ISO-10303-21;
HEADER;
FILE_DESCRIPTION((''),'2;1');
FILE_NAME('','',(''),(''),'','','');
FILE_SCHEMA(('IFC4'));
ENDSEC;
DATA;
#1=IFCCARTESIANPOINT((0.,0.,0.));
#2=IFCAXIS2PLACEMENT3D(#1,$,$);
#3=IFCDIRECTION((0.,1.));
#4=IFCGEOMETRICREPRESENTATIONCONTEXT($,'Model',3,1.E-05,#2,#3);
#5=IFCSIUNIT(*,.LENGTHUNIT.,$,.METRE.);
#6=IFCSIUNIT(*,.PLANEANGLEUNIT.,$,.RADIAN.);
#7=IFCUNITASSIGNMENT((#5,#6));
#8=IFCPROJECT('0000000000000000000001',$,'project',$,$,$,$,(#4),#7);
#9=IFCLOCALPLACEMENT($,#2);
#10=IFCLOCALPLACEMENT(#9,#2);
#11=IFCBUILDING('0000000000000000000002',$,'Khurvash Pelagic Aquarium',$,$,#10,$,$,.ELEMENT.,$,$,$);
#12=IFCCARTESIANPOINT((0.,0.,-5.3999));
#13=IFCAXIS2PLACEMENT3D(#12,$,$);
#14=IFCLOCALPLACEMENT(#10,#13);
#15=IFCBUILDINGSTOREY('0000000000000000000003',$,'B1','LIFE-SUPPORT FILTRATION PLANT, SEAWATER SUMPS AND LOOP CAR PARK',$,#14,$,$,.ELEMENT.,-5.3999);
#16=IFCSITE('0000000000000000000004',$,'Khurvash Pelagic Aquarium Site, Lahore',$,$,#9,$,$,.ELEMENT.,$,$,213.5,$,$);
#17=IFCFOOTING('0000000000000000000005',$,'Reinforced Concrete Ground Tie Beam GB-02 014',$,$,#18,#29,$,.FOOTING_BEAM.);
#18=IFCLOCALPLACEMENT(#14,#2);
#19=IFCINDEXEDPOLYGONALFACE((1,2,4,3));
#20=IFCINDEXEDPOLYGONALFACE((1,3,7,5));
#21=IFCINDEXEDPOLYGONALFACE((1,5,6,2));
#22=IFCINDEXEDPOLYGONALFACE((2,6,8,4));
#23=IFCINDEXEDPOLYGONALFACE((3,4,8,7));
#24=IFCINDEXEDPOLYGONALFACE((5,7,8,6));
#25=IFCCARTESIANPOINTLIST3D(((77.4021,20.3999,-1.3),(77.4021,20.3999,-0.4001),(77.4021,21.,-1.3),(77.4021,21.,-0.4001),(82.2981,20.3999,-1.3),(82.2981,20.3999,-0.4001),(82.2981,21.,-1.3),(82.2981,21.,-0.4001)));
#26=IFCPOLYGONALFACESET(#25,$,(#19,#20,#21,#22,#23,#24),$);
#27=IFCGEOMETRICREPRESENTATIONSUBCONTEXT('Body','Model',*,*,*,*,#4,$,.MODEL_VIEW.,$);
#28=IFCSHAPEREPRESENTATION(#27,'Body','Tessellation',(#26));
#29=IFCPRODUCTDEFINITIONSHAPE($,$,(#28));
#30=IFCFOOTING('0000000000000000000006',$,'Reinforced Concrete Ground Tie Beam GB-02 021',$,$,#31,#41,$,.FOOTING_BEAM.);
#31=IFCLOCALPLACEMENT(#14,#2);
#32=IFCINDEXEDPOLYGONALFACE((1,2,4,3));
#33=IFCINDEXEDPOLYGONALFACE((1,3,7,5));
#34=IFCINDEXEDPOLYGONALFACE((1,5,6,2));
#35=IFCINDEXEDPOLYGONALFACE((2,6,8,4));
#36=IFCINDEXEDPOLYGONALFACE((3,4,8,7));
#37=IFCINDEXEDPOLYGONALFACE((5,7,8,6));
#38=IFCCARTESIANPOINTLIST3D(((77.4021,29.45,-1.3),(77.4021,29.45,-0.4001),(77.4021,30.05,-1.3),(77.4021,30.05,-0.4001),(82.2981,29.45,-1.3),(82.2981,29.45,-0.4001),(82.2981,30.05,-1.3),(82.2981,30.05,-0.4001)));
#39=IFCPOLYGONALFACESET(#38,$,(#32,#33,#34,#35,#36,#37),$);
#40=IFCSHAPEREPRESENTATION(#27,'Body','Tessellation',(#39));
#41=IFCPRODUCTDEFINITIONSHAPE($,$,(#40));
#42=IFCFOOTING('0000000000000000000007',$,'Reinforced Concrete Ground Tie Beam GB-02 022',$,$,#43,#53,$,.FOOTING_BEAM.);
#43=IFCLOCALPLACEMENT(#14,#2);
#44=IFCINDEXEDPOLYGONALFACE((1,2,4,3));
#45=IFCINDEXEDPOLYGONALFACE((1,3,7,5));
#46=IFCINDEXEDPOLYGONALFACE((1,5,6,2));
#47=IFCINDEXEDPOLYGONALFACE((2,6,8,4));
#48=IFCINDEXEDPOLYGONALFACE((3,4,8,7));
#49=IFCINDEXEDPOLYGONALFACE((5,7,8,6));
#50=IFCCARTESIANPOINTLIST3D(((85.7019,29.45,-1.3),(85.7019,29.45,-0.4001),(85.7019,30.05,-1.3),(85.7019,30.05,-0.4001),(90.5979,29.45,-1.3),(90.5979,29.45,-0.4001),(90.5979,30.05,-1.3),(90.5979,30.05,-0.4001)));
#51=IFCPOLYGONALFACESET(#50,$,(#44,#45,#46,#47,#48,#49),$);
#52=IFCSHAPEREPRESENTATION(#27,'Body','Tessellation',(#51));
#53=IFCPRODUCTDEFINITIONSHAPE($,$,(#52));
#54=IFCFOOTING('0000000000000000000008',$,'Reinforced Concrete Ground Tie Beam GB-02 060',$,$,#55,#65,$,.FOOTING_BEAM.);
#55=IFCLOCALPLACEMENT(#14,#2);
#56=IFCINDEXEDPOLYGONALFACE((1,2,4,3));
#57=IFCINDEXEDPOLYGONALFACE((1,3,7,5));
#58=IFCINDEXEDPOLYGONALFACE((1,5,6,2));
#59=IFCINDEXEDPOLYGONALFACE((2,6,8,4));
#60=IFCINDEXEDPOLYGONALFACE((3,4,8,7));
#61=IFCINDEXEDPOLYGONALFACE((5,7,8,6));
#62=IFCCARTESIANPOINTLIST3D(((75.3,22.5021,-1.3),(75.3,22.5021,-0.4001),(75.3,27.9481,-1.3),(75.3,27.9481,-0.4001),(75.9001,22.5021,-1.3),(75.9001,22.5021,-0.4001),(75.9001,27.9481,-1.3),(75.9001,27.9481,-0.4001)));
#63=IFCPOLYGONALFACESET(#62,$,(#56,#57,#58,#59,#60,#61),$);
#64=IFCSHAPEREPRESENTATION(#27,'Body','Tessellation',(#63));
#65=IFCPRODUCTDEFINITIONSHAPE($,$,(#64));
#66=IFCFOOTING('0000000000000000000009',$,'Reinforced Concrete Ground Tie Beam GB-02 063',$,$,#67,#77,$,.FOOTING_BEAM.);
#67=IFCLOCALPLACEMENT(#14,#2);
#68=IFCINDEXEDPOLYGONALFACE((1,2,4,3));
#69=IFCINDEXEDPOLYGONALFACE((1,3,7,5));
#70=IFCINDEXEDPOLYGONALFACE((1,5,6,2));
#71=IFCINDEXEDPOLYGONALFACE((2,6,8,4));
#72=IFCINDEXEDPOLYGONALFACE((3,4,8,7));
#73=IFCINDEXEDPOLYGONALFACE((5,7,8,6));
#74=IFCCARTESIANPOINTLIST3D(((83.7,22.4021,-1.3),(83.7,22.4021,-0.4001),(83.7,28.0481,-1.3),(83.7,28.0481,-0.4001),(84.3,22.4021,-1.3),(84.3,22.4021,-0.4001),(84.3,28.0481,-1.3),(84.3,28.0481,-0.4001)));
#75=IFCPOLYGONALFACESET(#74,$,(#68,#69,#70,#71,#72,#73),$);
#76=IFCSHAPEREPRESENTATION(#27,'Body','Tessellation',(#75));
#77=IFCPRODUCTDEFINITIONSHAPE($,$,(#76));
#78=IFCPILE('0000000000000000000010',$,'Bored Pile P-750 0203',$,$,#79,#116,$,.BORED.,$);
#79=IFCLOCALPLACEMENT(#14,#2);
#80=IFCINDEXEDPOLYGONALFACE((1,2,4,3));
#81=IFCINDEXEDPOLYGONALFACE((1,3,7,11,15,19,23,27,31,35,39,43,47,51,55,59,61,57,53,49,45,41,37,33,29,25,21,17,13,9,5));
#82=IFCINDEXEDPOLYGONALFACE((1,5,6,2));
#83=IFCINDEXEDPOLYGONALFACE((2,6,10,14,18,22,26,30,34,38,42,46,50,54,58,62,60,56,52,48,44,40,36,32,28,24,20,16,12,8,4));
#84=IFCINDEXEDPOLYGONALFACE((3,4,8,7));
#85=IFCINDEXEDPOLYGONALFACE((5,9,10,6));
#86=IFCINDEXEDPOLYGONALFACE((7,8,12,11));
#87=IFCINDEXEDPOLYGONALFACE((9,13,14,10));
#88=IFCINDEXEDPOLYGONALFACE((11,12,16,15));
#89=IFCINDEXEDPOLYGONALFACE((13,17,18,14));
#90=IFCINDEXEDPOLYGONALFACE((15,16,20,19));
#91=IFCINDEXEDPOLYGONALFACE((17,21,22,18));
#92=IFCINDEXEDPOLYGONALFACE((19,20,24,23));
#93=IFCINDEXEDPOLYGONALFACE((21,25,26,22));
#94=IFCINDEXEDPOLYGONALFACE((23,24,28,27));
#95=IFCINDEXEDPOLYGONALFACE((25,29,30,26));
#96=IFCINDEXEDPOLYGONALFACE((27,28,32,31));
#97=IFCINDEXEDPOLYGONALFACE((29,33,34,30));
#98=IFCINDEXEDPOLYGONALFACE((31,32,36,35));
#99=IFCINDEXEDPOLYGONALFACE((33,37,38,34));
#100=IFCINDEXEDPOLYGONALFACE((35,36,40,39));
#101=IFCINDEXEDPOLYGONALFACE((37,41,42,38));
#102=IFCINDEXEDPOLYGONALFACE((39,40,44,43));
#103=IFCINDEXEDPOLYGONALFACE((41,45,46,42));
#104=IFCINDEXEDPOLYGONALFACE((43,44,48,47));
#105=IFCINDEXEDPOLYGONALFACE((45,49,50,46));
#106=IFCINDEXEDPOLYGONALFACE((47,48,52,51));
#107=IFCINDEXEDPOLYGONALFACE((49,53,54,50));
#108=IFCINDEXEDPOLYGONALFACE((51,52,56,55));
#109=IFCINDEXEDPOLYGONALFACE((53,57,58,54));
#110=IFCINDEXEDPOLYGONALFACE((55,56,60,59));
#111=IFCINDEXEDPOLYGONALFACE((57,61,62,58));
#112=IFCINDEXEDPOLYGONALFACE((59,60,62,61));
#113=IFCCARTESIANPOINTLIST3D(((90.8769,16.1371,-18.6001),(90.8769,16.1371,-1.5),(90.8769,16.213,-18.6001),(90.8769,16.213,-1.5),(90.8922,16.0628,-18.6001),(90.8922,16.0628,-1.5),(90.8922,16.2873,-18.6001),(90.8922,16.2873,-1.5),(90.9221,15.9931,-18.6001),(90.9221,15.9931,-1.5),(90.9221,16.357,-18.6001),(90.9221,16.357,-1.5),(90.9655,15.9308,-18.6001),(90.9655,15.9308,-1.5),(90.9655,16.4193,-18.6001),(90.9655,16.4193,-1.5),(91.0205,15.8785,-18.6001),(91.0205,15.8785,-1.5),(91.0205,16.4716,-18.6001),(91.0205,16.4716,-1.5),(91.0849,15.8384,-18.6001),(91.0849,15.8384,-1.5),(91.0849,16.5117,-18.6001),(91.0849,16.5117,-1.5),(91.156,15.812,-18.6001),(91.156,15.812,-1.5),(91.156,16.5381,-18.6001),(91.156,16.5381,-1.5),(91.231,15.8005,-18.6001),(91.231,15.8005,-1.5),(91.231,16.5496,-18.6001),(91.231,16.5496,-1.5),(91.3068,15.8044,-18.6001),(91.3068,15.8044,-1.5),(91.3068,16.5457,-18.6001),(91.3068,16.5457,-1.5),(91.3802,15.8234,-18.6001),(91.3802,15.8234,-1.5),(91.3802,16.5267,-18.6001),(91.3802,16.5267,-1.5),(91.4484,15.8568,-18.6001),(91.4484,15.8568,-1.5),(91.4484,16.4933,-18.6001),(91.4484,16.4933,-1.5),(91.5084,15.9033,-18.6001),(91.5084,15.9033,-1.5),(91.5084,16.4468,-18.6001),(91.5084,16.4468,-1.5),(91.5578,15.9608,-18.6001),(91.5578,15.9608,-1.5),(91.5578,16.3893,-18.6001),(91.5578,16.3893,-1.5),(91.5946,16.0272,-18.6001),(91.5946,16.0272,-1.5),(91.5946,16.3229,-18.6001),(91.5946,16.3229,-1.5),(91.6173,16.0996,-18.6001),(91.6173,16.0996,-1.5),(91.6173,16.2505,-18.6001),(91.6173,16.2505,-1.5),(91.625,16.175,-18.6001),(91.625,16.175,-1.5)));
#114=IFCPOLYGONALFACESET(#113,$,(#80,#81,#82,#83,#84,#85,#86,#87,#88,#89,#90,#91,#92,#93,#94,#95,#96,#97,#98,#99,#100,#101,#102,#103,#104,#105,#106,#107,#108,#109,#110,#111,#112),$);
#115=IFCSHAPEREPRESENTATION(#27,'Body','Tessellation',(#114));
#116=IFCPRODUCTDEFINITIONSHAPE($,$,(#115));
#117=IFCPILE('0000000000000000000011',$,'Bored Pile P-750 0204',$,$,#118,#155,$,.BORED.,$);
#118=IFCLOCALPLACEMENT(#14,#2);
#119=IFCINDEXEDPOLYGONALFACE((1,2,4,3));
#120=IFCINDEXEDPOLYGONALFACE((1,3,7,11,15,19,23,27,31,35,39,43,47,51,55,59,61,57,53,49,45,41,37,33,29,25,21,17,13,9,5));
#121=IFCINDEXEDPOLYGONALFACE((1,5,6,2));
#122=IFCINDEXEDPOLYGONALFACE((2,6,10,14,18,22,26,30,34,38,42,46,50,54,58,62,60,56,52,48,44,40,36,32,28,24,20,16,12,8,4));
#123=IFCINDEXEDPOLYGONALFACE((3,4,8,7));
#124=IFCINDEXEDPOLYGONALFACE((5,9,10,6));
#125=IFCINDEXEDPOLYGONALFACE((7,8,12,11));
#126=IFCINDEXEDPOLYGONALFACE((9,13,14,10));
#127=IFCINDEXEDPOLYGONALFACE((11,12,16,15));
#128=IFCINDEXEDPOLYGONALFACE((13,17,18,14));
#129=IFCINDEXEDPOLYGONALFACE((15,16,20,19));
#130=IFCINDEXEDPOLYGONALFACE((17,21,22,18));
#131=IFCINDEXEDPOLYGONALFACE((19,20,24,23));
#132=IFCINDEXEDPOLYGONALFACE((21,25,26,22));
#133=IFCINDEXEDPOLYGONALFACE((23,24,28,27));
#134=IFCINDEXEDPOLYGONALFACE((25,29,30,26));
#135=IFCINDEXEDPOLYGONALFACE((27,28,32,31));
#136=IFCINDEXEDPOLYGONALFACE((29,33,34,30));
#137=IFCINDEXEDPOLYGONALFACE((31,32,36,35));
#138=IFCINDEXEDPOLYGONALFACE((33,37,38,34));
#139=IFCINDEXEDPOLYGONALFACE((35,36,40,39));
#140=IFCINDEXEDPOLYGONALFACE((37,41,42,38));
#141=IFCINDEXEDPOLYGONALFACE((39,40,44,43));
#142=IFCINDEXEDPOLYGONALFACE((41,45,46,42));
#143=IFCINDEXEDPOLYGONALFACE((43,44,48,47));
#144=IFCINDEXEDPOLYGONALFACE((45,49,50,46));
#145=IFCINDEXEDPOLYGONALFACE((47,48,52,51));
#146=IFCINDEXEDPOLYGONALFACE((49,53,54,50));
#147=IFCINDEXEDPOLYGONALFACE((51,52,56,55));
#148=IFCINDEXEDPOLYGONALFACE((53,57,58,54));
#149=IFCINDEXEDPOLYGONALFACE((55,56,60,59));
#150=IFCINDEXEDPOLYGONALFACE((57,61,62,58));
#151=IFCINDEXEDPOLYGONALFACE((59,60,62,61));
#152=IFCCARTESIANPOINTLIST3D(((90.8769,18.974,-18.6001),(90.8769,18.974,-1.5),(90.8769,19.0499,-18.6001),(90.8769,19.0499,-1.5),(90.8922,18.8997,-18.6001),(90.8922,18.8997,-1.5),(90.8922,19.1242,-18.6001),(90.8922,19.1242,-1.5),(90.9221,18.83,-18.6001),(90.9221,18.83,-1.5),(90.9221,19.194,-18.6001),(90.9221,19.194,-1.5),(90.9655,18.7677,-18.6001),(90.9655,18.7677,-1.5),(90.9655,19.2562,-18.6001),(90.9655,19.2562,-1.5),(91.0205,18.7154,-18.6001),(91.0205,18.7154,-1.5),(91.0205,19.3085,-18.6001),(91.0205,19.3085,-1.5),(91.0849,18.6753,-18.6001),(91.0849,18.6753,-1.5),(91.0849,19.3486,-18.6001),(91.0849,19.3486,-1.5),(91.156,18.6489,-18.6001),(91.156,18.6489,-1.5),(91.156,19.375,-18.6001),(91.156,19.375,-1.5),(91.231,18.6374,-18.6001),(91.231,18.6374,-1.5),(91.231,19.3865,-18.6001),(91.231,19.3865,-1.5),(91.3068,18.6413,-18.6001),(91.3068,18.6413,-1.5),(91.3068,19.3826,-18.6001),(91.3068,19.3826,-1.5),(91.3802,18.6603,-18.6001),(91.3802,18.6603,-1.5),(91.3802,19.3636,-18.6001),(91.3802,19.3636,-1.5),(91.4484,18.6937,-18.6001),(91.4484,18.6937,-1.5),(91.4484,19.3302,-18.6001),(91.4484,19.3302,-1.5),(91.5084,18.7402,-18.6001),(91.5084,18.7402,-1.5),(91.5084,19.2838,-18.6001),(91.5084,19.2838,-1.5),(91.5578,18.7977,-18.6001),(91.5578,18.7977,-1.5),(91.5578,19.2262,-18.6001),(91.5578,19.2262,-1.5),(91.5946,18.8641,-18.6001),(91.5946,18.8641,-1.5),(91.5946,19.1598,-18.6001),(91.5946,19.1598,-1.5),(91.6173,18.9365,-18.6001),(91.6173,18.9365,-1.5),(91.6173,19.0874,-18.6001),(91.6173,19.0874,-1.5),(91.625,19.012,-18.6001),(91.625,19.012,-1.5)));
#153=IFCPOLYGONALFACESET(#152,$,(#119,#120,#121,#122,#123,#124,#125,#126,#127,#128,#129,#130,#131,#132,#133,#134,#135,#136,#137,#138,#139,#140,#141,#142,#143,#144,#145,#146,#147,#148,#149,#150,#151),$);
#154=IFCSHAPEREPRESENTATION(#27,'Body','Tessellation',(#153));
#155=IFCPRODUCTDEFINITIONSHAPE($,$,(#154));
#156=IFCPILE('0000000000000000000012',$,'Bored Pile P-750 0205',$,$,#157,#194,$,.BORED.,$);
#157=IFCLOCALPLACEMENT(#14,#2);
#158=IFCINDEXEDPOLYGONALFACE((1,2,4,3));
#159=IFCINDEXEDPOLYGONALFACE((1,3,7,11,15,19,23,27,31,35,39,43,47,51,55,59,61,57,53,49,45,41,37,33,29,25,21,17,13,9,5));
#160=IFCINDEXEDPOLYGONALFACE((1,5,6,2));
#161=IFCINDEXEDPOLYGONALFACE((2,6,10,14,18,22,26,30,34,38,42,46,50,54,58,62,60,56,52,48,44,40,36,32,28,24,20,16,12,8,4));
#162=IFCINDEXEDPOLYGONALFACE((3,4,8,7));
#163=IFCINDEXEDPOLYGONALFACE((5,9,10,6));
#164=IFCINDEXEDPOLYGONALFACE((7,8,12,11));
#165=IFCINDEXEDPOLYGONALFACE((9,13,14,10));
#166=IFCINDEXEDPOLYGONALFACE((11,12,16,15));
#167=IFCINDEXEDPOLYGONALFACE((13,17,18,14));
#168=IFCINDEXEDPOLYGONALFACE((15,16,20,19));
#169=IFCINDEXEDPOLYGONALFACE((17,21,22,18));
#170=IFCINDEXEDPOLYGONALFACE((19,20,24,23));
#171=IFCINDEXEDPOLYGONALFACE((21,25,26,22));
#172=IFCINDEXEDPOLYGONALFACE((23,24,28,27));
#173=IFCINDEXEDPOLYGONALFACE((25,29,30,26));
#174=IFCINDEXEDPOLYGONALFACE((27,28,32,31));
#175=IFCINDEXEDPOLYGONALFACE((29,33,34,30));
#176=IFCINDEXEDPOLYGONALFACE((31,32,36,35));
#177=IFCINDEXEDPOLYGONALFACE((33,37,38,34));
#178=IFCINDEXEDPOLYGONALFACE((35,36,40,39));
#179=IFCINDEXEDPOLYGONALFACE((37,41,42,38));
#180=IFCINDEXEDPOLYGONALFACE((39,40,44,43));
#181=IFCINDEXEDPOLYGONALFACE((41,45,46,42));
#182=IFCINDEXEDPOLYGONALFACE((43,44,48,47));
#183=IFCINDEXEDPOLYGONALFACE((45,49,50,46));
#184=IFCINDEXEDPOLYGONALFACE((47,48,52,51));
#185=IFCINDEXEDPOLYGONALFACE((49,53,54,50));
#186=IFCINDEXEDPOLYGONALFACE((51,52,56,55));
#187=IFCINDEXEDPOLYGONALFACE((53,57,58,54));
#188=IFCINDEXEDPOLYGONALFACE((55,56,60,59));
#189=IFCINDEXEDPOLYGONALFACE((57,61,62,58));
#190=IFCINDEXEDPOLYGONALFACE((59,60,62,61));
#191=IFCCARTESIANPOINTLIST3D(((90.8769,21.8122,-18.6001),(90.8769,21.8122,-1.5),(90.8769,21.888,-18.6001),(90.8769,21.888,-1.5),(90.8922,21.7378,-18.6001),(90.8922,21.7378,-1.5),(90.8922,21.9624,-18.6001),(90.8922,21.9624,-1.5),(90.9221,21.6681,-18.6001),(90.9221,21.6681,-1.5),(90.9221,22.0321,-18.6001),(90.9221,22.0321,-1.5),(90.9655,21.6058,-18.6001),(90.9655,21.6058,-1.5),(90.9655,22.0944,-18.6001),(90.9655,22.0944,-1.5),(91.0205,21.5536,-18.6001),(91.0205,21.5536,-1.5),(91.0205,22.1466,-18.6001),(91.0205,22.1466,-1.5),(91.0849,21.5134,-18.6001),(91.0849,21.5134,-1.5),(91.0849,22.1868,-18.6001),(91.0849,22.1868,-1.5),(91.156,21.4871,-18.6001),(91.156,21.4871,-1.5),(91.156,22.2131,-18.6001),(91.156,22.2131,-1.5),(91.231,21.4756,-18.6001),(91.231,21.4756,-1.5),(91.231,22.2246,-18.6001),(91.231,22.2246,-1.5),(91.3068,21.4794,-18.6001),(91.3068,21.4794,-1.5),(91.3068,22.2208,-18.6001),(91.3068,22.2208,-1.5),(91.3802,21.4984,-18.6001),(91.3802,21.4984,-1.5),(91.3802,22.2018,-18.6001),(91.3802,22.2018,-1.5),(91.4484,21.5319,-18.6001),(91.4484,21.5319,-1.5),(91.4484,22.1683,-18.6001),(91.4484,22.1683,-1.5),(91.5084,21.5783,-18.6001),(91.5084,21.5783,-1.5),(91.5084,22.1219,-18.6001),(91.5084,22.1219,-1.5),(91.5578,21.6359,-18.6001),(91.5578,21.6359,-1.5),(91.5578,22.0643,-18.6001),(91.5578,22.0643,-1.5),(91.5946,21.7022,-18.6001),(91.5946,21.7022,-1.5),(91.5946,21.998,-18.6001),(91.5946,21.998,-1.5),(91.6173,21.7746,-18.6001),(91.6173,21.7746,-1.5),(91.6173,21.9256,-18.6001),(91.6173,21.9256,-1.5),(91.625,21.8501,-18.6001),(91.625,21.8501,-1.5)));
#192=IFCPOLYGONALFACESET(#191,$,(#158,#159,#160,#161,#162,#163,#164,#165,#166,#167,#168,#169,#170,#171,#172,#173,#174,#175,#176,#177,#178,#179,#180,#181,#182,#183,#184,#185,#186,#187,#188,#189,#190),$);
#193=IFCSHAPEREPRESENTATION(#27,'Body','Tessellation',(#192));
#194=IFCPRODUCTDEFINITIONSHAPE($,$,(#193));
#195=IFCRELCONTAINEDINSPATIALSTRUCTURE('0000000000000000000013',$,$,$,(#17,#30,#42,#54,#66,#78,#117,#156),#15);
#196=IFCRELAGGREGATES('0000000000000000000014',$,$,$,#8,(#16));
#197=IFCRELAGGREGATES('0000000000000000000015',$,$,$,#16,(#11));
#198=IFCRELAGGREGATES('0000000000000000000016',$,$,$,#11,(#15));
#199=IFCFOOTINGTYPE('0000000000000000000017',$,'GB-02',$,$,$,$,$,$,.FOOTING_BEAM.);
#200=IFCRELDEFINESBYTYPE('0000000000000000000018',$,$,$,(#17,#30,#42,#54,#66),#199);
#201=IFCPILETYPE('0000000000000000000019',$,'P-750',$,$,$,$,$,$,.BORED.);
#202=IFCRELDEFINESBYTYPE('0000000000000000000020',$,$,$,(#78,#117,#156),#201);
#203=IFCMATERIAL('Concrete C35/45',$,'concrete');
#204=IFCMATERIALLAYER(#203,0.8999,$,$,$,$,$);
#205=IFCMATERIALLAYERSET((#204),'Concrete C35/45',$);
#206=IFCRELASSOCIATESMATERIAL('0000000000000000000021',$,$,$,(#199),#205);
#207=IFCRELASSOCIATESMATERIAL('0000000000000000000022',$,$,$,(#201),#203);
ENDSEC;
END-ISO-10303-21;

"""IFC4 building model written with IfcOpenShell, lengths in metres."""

from ifc_helpers import new_model, si_unit, direction, frame, origin, origin_2d, place, context, subcontext, project, spatial, rectangle, circle, extrude, material, layer, layer_set, material_profile, profile_set, type_object, element, save


model = new_model("IFC4")

# Units and contexts
model_context = context("Model", 3, precision=1e-05, world=origin(), true_north=direction((0.0, 1.0)))
body_context = subcontext(model_context, "Body", "Model", "MODEL_VIEW")
ifc_project = project(units=[si_unit("LENGTHUNIT", "METRE"), si_unit("PLANEANGLEUNIT", "RADIAN")], contexts=[model_context])

# Site, building, storey
site_placement = place(None, origin())
site = spatial("IfcSite", under=ifc_project, at=site_placement, Name="Khurvash Pelagic Aquarium Site, Lahore", CompositionType="ELEMENT", RefElevation=213.5)
building_placement = place(site_placement, origin())
building = spatial("IfcBuilding", under=site, at=building_placement, Name="Khurvash Pelagic Aquarium", CompositionType="ELEMENT")
storey_placement = place(building_placement, frame((0.0, 0.0, -5.3999)))
storey = spatial("IfcBuildingStorey", under=building, at=storey_placement, Name="B1", Description="LIFE-SUPPORT FILTRATION PLANT, SEAWATER SUMPS AND LOOP CAR PARK", CompositionType="ELEMENT", Elevation=-5.3999)

# Footings
ifc_material_1 = material(Name="Concrete C35/45", Category="concrete")
ifc_layer_1 = layer(ifc_material_1, 0.8999)
ifc_layer_set_1 = layer_set([ifc_layer_1], Name="Concrete C35/45")
footing_type_1 = type_object("IfcFootingType", Name="GB-02", PredefinedType="FOOTING_BEAM", material=ifc_layer_set_1)
for number, where, z_axis, x_axis, name in (
    (1, (79.8501, 20.7, -1.3), (0.0, 0.0, 1.0), (1.0, 0.0, 0.0), "Reinforced Concrete Ground Tie Beam GB-02 014"),
    (2, (79.8501, 29.75, -1.3), (0.0, 0.0, 1.0), (1.0, 0.0, 0.0), "Reinforced Concrete Ground Tie Beam GB-02 021"),
    (3, (88.1499, 29.75, -1.3), (0.0, 0.0, 1.0), (1.0, 0.0, 0.0), "Reinforced Concrete Ground Tie Beam GB-02 022"),
):
    element("IfcFooting", number, at=place(storey_placement, frame(where, z_axis=z_axis, x_axis=x_axis)), inside=storey, type_object=footing_type_1, Name=name, PredefinedType="FOOTING_BEAM", context=body_context, shape_type="SweptSolid", body=[
        extrude(rectangle(XDim=4.896, YDim=0.6001, at=origin_2d()), origin(), (0.0, 0.0, 1.0), 0.8999),
    ])
footing_1_placement = place(storey_placement, frame((75.6001, 25.2251, -1.3), z_axis=(0.0, 0.0, 1.0), x_axis=(0.0, 1.0, 0.0)))
element("IfcFooting", 4, at=footing_1_placement, inside=storey, type_object=footing_type_1, Name="Reinforced Concrete Ground Tie Beam GB-02 060", PredefinedType="FOOTING_BEAM", context=body_context, shape_type="SweptSolid", body=[
    extrude(rectangle(XDim=5.446, YDim=0.6001, at=origin_2d()), origin(), (0.0, 0.0, 1.0), 0.8999),
])
footing_2_placement = place(storey_placement, frame((84.0, 25.2251, -1.3), z_axis=(0.0, 0.0, 1.0), x_axis=(0.0, 1.0, 0.0)))
element("IfcFooting", 5, at=footing_2_placement, inside=storey, type_object=footing_type_1, Name="Reinforced Concrete Ground Tie Beam GB-02 063", PredefinedType="FOOTING_BEAM", context=body_context, shape_type="SweptSolid", body=[
    extrude(rectangle(XDim=5.646, YDim=0.6001, at=origin_2d()), origin(), (0.0, 0.0, 1.0), 0.8999),
])

# Piles
ifc_material_profile_1 = material_profile(ifc_material_1, circle(Radius=0.375, at=origin_2d()), Name="PILE750")
ifc_profile_set_1 = profile_set([ifc_material_profile_1], Name="Concrete C35/45")
pile_type = type_object("IfcPileType", Name="P-750", PredefinedType="BORED", material=ifc_profile_set_1)
for number, where, z_axis, x_axis, name in (
    (6, (91.25, 16.175, -1.5), (0.0, 0.0, -1.0), (1.0, 0.0, 0.0), "Bored Pile P-750 0203"),
    (7, (91.25, 19.012, -1.5), (0.0, 0.0, -1.0), (1.0, 0.0, 0.0), "Bored Pile P-750 0204"),
    (8, (91.25, 21.8501, -1.5), (0.0, 0.0, -1.0), (1.0, 0.0, 0.0), "Bored Pile P-750 0205"),
):
    element("IfcPile", number, at=place(storey_placement, frame(where, z_axis=z_axis, x_axis=x_axis)), inside=storey, type_object=pile_type, Name=name, PredefinedType="BORED", context=body_context, shape_type="SweptSolid", body=[
        extrude(circle(Radius=0.375, at=origin_2d()), origin(), (0.0, 0.0, 1.0), 17.1001),
    ])

save(model, "model.ifc")
